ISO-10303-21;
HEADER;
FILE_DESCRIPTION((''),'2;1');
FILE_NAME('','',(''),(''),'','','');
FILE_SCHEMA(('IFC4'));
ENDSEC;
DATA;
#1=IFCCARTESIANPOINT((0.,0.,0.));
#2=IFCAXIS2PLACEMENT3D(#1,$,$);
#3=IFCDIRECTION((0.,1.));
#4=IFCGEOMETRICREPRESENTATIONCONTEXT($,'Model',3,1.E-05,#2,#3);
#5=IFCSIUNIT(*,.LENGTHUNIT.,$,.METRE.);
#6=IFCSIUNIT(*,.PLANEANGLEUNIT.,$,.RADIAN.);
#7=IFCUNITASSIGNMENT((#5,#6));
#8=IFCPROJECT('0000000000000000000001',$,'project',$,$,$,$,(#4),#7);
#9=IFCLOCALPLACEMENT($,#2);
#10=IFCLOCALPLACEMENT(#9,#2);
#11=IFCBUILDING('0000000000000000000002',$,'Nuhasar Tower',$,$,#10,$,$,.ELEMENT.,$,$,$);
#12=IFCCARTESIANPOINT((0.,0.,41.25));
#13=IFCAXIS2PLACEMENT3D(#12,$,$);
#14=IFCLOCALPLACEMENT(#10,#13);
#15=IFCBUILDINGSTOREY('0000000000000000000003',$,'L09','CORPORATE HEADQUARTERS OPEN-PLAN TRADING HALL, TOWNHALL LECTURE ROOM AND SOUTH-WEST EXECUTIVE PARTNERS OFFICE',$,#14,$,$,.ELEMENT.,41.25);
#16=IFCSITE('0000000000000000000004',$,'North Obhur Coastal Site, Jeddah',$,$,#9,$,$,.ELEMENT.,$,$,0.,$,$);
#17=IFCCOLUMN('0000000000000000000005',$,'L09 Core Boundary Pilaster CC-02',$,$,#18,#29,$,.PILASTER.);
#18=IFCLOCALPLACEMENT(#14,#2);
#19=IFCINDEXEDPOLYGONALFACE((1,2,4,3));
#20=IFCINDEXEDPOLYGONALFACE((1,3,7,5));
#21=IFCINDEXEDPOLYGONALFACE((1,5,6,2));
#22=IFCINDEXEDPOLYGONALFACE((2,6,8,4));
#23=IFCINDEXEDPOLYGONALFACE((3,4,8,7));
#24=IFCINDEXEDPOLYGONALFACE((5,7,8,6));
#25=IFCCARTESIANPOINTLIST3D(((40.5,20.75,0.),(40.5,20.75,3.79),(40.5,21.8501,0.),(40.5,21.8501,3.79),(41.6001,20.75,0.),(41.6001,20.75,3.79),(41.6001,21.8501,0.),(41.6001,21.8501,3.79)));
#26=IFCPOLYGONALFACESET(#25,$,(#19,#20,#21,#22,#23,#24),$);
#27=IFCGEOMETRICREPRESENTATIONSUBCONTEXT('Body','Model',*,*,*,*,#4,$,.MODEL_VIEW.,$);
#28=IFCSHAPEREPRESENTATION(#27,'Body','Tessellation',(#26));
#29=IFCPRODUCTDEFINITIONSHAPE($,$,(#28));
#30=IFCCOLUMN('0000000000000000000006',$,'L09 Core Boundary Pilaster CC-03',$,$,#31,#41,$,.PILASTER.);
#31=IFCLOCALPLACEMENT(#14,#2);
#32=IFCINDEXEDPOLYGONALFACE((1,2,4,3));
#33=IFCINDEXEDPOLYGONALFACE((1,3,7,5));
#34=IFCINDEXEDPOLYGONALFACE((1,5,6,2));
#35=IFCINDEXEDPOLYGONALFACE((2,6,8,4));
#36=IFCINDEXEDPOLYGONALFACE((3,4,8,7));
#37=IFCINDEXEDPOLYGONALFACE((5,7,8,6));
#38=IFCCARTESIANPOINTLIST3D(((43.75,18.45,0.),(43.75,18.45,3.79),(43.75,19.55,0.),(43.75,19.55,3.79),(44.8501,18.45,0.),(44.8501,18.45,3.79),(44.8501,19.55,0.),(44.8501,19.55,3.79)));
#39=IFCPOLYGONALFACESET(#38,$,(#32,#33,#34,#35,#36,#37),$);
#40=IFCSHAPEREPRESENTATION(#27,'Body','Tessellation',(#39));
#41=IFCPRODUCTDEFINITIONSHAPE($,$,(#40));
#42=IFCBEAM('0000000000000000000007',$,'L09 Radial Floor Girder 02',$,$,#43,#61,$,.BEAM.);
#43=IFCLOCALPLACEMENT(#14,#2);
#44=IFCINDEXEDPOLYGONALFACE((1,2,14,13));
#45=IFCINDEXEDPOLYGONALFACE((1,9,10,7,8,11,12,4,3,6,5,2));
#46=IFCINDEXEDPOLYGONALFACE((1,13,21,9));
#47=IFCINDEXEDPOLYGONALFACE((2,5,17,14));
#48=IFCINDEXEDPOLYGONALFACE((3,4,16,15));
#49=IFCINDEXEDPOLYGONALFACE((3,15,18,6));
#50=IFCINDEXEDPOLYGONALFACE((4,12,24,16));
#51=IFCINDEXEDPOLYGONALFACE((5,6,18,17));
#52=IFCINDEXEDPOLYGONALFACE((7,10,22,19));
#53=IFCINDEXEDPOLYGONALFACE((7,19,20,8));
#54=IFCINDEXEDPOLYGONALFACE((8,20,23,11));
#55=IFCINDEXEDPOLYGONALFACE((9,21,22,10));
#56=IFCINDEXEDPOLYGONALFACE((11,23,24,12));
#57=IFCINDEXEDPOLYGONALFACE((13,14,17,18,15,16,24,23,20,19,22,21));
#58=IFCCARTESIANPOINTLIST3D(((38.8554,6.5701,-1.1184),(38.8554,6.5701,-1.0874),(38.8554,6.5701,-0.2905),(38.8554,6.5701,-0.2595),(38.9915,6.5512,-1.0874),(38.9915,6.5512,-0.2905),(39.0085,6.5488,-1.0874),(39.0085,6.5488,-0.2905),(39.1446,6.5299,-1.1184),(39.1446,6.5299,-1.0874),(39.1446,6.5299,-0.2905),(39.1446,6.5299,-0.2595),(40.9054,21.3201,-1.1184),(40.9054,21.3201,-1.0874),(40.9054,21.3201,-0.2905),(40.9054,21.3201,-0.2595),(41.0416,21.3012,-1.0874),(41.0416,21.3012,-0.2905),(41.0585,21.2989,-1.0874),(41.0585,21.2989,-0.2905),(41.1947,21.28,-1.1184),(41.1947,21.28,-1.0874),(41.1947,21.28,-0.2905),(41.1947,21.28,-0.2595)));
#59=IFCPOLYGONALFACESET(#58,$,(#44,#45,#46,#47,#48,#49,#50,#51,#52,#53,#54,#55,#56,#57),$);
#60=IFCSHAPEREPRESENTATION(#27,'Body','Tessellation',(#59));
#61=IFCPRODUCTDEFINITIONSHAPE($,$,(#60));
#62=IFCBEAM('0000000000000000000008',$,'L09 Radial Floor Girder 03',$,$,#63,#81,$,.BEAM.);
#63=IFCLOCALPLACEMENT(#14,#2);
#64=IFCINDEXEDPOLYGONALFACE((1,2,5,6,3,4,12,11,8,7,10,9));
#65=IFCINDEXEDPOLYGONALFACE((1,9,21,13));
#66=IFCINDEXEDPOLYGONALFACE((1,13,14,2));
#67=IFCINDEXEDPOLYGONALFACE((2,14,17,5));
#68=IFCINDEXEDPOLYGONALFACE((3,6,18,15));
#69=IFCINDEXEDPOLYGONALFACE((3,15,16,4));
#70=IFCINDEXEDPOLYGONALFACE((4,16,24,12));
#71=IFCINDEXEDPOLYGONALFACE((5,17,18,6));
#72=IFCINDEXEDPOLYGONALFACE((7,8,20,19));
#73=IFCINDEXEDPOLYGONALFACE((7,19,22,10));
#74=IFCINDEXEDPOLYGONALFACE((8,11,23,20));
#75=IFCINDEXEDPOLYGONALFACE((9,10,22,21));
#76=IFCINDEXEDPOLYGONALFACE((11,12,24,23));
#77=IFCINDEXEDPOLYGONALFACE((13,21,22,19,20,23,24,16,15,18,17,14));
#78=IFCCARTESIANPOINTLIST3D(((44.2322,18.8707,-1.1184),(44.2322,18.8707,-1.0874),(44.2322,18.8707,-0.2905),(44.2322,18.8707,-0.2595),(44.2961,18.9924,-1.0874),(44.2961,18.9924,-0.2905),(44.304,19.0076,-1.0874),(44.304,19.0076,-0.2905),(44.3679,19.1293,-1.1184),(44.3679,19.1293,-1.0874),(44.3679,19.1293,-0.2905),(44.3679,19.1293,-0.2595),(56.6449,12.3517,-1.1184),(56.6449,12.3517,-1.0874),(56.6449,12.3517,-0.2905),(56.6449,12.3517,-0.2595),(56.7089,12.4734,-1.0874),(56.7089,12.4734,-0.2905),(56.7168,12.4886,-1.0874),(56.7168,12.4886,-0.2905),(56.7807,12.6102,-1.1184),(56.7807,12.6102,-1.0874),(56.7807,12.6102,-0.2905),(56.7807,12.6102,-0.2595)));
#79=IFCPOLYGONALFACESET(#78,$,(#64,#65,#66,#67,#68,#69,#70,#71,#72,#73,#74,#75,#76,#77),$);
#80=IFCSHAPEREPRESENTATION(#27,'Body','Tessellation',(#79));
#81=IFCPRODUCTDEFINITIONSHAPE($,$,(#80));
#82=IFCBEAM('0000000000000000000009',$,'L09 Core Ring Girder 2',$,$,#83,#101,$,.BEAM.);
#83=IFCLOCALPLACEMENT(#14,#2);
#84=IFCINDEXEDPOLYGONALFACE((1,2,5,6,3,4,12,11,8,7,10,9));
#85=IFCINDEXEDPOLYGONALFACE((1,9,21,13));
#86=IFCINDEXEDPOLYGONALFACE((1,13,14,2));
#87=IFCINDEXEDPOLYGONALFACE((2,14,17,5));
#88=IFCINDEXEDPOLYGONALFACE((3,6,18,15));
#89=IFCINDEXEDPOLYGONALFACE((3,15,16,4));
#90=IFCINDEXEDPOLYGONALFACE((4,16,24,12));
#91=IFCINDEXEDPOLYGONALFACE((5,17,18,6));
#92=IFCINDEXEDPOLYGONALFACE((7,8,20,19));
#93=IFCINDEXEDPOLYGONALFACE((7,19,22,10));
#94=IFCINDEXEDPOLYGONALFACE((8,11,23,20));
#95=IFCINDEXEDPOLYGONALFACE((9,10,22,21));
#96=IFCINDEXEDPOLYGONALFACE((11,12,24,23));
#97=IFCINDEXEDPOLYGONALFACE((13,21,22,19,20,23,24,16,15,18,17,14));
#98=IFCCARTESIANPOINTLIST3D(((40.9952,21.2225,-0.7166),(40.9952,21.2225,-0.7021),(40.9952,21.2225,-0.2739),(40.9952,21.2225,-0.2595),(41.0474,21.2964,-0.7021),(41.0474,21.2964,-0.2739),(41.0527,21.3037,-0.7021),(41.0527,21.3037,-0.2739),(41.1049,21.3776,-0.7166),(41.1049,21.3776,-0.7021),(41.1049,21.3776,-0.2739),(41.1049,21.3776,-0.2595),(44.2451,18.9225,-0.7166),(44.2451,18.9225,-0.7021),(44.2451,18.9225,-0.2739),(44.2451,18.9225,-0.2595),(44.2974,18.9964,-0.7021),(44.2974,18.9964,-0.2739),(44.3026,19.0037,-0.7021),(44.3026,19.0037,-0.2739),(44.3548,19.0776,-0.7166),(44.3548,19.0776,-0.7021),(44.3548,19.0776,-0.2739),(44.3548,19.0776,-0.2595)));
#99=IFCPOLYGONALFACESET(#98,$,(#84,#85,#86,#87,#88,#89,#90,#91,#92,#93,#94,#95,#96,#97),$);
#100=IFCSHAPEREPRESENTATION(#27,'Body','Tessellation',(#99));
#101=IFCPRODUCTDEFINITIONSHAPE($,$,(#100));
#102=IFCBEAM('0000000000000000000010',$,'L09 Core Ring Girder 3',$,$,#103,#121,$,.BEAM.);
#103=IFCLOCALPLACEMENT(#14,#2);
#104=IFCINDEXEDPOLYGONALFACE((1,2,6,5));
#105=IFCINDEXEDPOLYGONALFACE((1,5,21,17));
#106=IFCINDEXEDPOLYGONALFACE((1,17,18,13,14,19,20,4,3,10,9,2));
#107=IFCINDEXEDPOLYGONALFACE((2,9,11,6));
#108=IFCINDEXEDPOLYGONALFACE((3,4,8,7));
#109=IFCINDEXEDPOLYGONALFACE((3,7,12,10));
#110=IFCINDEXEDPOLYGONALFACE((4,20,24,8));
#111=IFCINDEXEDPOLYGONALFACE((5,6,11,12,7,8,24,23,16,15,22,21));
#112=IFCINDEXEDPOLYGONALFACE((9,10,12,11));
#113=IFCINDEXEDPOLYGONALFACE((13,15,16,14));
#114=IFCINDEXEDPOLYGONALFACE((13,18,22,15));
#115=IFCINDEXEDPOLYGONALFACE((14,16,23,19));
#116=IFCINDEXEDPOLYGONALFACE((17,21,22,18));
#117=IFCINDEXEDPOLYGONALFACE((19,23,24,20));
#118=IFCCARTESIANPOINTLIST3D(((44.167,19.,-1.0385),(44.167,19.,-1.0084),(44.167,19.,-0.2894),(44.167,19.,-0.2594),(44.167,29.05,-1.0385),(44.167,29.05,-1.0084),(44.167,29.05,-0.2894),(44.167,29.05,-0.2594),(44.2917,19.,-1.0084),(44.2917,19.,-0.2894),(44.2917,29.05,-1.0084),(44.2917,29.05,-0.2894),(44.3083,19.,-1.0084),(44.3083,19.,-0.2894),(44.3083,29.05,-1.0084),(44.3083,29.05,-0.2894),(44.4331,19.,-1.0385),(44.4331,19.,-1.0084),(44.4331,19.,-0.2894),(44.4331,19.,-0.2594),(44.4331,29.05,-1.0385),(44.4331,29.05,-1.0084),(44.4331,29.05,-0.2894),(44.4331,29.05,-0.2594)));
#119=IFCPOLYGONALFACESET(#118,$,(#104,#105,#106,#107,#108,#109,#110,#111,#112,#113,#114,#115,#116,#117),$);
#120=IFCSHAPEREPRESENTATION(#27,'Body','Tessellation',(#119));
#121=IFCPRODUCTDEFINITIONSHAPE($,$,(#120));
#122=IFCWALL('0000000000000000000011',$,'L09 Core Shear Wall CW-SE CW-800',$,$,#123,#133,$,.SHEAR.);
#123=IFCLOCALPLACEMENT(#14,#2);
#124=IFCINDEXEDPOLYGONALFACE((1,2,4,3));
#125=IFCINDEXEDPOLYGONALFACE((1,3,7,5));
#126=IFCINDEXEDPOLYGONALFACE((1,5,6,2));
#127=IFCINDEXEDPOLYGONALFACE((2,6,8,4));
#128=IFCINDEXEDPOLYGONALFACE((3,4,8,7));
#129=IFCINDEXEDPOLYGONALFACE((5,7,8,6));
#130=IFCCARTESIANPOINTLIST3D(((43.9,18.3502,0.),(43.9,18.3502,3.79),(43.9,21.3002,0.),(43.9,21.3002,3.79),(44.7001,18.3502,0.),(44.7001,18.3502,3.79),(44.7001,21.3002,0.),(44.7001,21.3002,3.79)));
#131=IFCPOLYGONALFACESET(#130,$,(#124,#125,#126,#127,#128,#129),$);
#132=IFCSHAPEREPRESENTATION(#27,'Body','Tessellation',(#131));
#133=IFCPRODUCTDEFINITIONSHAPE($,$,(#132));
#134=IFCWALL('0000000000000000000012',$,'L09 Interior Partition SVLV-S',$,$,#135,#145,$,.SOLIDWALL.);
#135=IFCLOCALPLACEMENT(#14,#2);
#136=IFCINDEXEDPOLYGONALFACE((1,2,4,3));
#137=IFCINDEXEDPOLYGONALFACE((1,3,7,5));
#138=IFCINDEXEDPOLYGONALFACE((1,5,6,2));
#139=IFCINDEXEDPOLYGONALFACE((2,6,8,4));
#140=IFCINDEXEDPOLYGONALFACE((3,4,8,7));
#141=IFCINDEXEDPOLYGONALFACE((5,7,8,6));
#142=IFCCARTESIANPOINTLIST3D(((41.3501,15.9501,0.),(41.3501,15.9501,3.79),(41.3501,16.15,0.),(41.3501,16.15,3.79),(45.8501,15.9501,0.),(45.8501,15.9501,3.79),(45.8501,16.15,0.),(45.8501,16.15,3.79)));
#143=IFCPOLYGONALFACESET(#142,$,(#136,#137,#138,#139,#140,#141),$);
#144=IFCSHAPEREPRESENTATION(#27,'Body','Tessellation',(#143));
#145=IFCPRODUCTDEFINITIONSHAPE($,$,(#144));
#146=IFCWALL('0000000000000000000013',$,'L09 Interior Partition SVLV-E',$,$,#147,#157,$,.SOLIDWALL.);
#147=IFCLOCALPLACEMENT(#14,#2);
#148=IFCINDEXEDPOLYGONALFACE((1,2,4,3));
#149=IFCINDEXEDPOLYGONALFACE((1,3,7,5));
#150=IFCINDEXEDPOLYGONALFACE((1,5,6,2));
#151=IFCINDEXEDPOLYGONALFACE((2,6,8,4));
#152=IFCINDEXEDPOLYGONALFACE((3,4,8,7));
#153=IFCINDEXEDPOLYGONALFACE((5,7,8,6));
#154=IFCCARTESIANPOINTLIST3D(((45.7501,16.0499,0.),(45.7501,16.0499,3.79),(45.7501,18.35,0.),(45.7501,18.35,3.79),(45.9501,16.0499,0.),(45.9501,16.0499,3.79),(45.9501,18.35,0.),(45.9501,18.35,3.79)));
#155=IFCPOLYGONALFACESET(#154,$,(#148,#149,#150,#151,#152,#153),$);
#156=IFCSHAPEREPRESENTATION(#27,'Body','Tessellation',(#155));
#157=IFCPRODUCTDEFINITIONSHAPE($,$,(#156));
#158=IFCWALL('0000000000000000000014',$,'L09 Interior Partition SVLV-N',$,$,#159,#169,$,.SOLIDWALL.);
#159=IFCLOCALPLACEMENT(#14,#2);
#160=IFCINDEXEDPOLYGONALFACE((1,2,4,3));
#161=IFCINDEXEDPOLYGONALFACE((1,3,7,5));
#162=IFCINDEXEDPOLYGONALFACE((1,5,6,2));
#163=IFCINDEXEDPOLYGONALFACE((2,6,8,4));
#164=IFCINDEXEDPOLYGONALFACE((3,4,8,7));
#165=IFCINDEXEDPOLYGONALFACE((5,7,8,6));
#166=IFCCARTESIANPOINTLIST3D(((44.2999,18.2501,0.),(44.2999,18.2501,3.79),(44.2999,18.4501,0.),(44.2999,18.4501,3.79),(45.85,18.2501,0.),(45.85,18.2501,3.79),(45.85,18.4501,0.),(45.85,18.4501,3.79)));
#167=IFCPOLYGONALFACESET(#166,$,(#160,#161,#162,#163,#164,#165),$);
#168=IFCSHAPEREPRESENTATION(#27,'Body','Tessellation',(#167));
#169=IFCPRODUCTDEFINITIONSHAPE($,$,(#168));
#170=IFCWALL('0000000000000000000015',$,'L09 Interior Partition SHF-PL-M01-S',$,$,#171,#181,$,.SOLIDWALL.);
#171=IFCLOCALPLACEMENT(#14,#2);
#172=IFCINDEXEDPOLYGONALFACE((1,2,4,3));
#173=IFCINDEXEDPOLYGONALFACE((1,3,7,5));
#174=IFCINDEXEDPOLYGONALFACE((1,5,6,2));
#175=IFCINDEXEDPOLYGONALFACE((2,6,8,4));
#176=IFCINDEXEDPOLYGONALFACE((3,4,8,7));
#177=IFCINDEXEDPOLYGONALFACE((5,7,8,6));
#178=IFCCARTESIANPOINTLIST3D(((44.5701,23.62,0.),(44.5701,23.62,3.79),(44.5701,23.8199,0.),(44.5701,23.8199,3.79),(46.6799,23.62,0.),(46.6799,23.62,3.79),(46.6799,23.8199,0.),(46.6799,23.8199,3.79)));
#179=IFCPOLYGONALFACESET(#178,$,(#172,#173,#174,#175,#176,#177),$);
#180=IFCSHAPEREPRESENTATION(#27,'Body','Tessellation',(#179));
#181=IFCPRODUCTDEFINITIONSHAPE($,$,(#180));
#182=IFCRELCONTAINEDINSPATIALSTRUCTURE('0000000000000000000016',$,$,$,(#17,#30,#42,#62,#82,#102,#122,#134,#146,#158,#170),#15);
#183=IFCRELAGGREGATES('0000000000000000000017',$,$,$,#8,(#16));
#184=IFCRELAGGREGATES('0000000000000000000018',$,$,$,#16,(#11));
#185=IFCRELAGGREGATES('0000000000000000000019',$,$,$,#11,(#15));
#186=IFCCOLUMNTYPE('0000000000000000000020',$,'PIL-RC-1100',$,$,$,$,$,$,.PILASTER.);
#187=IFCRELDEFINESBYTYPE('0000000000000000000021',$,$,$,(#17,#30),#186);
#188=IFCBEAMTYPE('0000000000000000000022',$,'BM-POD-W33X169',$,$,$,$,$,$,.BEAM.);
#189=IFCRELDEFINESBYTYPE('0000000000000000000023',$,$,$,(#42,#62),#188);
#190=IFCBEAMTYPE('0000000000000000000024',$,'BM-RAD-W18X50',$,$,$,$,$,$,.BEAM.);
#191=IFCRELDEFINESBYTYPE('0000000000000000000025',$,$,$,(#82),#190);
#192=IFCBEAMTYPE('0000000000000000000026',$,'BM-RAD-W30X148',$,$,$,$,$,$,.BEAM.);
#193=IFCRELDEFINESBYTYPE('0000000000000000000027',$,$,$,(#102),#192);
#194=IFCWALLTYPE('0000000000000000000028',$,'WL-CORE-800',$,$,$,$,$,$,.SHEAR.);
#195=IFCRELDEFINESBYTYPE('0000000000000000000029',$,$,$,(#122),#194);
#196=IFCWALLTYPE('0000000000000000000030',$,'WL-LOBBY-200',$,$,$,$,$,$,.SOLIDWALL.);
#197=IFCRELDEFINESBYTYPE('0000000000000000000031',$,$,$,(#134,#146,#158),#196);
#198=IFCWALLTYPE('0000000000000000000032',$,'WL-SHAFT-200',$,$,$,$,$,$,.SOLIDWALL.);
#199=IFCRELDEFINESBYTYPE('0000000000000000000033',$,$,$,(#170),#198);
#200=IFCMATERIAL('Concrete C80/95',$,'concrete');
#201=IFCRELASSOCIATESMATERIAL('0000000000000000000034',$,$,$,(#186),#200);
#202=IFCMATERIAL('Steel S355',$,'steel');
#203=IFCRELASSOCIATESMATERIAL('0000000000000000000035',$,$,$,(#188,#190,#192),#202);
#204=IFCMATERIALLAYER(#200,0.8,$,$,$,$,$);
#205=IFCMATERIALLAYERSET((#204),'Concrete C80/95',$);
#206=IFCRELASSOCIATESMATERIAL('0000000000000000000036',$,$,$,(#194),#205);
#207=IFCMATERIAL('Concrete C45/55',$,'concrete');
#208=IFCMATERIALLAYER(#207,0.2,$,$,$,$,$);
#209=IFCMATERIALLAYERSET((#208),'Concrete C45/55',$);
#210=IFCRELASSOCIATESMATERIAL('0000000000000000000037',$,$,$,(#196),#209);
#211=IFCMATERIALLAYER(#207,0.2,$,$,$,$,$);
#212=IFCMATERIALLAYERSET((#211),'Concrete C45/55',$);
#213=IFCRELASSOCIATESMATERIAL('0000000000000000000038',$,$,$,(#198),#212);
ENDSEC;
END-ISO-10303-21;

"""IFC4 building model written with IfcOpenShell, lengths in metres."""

from ifc_helpers import new_model, si_unit, direction, frame, frame_2d, origin, origin_2d, place, context, subcontext, project, spatial, rectangle, i_section, extrude, material, layer, layer_set, material_profile, profile_set, type_object, element, save


model = new_model("IFC4")

# Units and contexts
model_context = context("Model", 3, precision=1e-05, world=origin(), true_north=direction((0.0, 1.0)))
body_context = subcontext(model_context, "Body", "Model", "MODEL_VIEW")
ifc_project = project(units=[si_unit("LENGTHUNIT", "METRE"), si_unit("PLANEANGLEUNIT", "RADIAN")], contexts=[model_context])

# Site, building, storey
site_placement = place(None, origin())
site = spatial("IfcSite", under=ifc_project, at=site_placement, Name="North Obhur Coastal Site, Jeddah", CompositionType="ELEMENT", RefElevation=0.0)
building_placement = place(site_placement, origin())
building = spatial("IfcBuilding", under=site, at=building_placement, Name="Nuhasar Tower", CompositionType="ELEMENT")
storey_placement = place(building_placement, frame((0.0, 0.0, 41.25)))
storey = spatial("IfcBuildingStorey", under=building, at=storey_placement, Name="L09", Description="CORPORATE HEADQUARTERS OPEN-PLAN TRADING HALL, TOWNHALL LECTURE ROOM AND SOUTH-WEST EXECUTIVE PARTNERS OFFICE", CompositionType="ELEMENT", Elevation=41.25)

# Columns
ifc_material_1 = material(Name="Concrete C80/95", Category="concrete")
ifc_material_profile_1 = material_profile(ifc_material_1, rectangle(XDim=1.1001, YDim=1.1001, at=origin_2d()), Name="RC1100X1100")
ifc_profile_set_1 = profile_set([ifc_material_profile_1], Name="Concrete C80/95")
column_type = type_object("IfcColumnType", Name="PIL-RC-1100", PredefinedType="PILASTER", material=ifc_profile_set_1)
for number, where, z_axis, x_axis, name in (
    (1, (41.05, 21.3, 0.0), (0.0, 0.0, 1.0), (1.0, 0.0, 0.0), "L09 Core Boundary Pilaster CC-02"),
    (2, (44.3, 19.0, 0.0), (0.0, 0.0, 1.0), (1.0, 0.0, 0.0), "L09 Core Boundary Pilaster CC-03"),
):
    element("IfcColumn", number, at=place(storey_placement, frame(where, z_axis=z_axis, x_axis=x_axis)), inside=storey, type_object=column_type, Name=name, PredefinedType="PILASTER", context=body_context, shape_type="SweptSolid", body=[
        extrude(rectangle(XDim=1.1001, YDim=1.1001, at=origin_2d()), origin(), (0.0, 0.0, 1.0), 3.79),
    ])

# Beams
ifc_material_2 = material(Name="Steel S355", Category="steel")
ifc_material_profile_2 = material_profile(ifc_material_2, i_section(OverallWidth=0.292, OverallDepth=0.8589, WebThickness=0.0171, FlangeThickness=0.031, at=origin_2d()), Name="W33X169")
ifc_profile_set_2 = profile_set([ifc_material_profile_2], Name="Steel S355")
beam_type_1 = type_object("IfcBeamType", Name="BM-POD-W33X169", PredefinedType="BEAM", material=ifc_profile_set_2)
beam_1_placement = place(storey_placement, frame((41.05, 21.3, -0.689), z_axis=(-0.137663, -0.990479, 0.0), x_axis=(0.990479, -0.137663, 0.0)))
element("IfcBeam", 3, at=beam_1_placement, inside=storey, type_object=beam_type_1, Name="L09 Radial Floor Girder 02", PredefinedType="BEAM", context=body_context, shape_type="SweptSolid", body=[
    extrude(i_section(OverallWidth=0.292, OverallDepth=0.8589, WebThickness=0.0171, FlangeThickness=0.031, at=origin_2d()), origin(), (0.0, 0.0, 1.0), 14.8918),
])
beam_2_placement = place(storey_placement, frame((44.3, 19.0, -0.689), z_axis=(0.88533, -0.464963, 0.0), x_axis=(0.464963, 0.88533, 0.0)))
element("IfcBeam", 4, at=beam_2_placement, inside=storey, type_object=beam_type_1, Name="L09 Radial Floor Girder 03", PredefinedType="BEAM", context=body_context, shape_type="SweptSolid", body=[
    extrude(i_section(OverallWidth=0.292, OverallDepth=0.8589, WebThickness=0.0171, FlangeThickness=0.031, at=origin_2d()), origin(), (0.0, 0.0, 1.0), 14.0205),
])
ifc_material_profile_3 = material_profile(ifc_material_2, i_section(OverallWidth=0.1899, OverallDepth=0.457, WebThickness=0.009, FlangeThickness=0.0144, at=origin_2d()), Name="W18X50")
ifc_profile_set_3 = profile_set([ifc_material_profile_3], Name="Steel S355")
beam_type_2 = type_object("IfcBeamType", Name="BM-RAD-W18X50", PredefinedType="BEAM", material=ifc_profile_set_3)
beam_3_placement = place(storey_placement, frame((41.05, 21.3, -0.488), z_axis=(0.816265, -0.577677, 0.0), x_axis=(0.577677, 0.816265, 0.0)))
element("IfcBeam", 5, at=beam_3_placement, inside=storey, type_object=beam_type_2, Name="L09 Core Ring Girder 2", PredefinedType="BEAM", context=body_context, shape_type="SweptSolid", body=[
    extrude(i_section(OverallWidth=0.1899, OverallDepth=0.457, WebThickness=0.009, FlangeThickness=0.0144, at=origin_2d()), origin(), (0.0, 0.0, 1.0), 3.9814),
])
ifc_material_profile_4 = material_profile(ifc_material_2, i_section(OverallWidth=0.2661, OverallDepth=0.7791, WebThickness=0.0166, FlangeThickness=0.03, at=origin_2d()), Name="W30X148")
ifc_profile_set_4 = profile_set([ifc_material_profile_4], Name="Steel S355")
beam_type_3 = type_object("IfcBeamType", Name="BM-RAD-W30X148", PredefinedType="BEAM", material=ifc_profile_set_4)
beam_4_placement = place(storey_placement, frame((44.3, 19.0, -0.6489), z_axis=(0.0, 1.0, 0.0), x_axis=(-1.0, 0.0, 0.0)))
element("IfcBeam", 6, at=beam_4_placement, inside=storey, type_object=beam_type_3, Name="L09 Core Ring Girder 3", PredefinedType="BEAM", context=body_context, shape_type="SweptSolid", body=[
    extrude(i_section(OverallWidth=0.2661, OverallDepth=0.7791, WebThickness=0.0166, FlangeThickness=0.03, at=origin_2d()), origin(), (0.0, 0.0, 1.0), 10.05),
])

# Wall
ifc_layer_1 = layer(ifc_material_1, 0.8)
ifc_layer_set_1 = layer_set([ifc_layer_1], Name="Concrete C80/95")
wall_type_1 = type_object("IfcWallType", Name="WL-CORE-800", PredefinedType="SHEAR", material=ifc_layer_set_1)
wall_1_placement = place(storey_placement, frame((44.3, 18.3501, 0.0), z_axis=(0.0, 0.0, 1.0), x_axis=(0.0, 1.0, 0.0)))
element("IfcWall", 7, at=wall_1_placement, inside=storey, type_object=wall_type_1, Name="L09 Core Shear Wall CW-SE CW-800", PredefinedType="SHEAR", context=body_context, shape_type="SweptSolid", body=[
    extrude(rectangle(XDim=2.95, YDim=0.8, at=frame_2d((1.4751, 0.0))), origin(), (0.0, 0.0, 1.0), 3.79),
])

# Shared definitions
ifc_material_3 = material(Name="Concrete C45/55", Category="concrete")
ifc_layer_2 = layer(ifc_material_3, 0.2)
ifc_layer_set_2 = layer_set([ifc_layer_2], Name="Concrete C45/55")
wall_type_2 = type_object("IfcWallType", Name="WL-LOBBY-200", PredefinedType="SOLIDWALL", material=ifc_layer_set_2)

# Walls
wall_2_placement = place(storey_placement, frame((41.3501, 16.05, 0.0), z_axis=(0.0, 0.0, 1.0), x_axis=(1.0, 0.0, 0.0)))
element("IfcWall", 8, at=wall_2_placement, inside=storey, type_object=wall_type_2, Name="L09 Interior Partition SVLV-S", PredefinedType="SOLIDWALL", context=body_context, shape_type="SweptSolid", body=[
    extrude(rectangle(XDim=4.5, YDim=0.2, at=frame_2d((2.25, 0.0))), origin(), (0.0, 0.0, 1.0), 3.79),
])
wall_3_placement = place(storey_placement, frame((45.8501, 16.05, 0.0), z_axis=(0.0, 0.0, 1.0), x_axis=(0.0, 1.0, 0.0)))
element("IfcWall", 9, at=wall_3_placement, inside=storey, type_object=wall_type_2, Name="L09 Interior Partition SVLV-E", PredefinedType="SOLIDWALL", context=body_context, shape_type="SweptSolid", body=[
    extrude(rectangle(XDim=2.3, YDim=0.2, at=frame_2d((1.1499, 0.0))), origin(), (0.0, 0.0, 1.0), 3.79),
])
wall_4_placement = place(storey_placement, frame((44.3, 18.3501, 0.0), z_axis=(0.0, 0.0, 1.0), x_axis=(1.0, 0.0, 0.0)))
element("IfcWall", 10, at=wall_4_placement, inside=storey, type_object=wall_type_2, Name="L09 Interior Partition SVLV-N", PredefinedType="SOLIDWALL", context=body_context, shape_type="SweptSolid", body=[
    extrude(rectangle(XDim=1.55, YDim=0.2, at=frame_2d((0.7749, 0.0))), origin(), (0.0, 0.0, 1.0), 3.79),
])
ifc_layer_3 = layer(ifc_material_3, 0.2)
ifc_layer_set_3 = layer_set([ifc_layer_3], Name="Concrete C45/55")
wall_type_3 = type_object("IfcWallType", Name="WL-SHAFT-200", PredefinedType="SOLIDWALL", material=ifc_layer_set_3)
wall_5_placement = place(storey_placement, frame((44.5701, 23.72, 0.0), z_axis=(0.0, 0.0, 1.0), x_axis=(1.0, 0.0, 0.0)))
element("IfcWall", 11, at=wall_5_placement, inside=storey, type_object=wall_type_3, Name="L09 Interior Partition SHF-PL-M01-S", PredefinedType="SOLIDWALL", context=body_context, shape_type="SweptSolid", body=[
    extrude(rectangle(XDim=2.1099, YDim=0.2, at=frame_2d((1.0549, 0.0))), origin(), (0.0, 0.0, 1.0), 3.79),
])

save(model, "model.ifc")
